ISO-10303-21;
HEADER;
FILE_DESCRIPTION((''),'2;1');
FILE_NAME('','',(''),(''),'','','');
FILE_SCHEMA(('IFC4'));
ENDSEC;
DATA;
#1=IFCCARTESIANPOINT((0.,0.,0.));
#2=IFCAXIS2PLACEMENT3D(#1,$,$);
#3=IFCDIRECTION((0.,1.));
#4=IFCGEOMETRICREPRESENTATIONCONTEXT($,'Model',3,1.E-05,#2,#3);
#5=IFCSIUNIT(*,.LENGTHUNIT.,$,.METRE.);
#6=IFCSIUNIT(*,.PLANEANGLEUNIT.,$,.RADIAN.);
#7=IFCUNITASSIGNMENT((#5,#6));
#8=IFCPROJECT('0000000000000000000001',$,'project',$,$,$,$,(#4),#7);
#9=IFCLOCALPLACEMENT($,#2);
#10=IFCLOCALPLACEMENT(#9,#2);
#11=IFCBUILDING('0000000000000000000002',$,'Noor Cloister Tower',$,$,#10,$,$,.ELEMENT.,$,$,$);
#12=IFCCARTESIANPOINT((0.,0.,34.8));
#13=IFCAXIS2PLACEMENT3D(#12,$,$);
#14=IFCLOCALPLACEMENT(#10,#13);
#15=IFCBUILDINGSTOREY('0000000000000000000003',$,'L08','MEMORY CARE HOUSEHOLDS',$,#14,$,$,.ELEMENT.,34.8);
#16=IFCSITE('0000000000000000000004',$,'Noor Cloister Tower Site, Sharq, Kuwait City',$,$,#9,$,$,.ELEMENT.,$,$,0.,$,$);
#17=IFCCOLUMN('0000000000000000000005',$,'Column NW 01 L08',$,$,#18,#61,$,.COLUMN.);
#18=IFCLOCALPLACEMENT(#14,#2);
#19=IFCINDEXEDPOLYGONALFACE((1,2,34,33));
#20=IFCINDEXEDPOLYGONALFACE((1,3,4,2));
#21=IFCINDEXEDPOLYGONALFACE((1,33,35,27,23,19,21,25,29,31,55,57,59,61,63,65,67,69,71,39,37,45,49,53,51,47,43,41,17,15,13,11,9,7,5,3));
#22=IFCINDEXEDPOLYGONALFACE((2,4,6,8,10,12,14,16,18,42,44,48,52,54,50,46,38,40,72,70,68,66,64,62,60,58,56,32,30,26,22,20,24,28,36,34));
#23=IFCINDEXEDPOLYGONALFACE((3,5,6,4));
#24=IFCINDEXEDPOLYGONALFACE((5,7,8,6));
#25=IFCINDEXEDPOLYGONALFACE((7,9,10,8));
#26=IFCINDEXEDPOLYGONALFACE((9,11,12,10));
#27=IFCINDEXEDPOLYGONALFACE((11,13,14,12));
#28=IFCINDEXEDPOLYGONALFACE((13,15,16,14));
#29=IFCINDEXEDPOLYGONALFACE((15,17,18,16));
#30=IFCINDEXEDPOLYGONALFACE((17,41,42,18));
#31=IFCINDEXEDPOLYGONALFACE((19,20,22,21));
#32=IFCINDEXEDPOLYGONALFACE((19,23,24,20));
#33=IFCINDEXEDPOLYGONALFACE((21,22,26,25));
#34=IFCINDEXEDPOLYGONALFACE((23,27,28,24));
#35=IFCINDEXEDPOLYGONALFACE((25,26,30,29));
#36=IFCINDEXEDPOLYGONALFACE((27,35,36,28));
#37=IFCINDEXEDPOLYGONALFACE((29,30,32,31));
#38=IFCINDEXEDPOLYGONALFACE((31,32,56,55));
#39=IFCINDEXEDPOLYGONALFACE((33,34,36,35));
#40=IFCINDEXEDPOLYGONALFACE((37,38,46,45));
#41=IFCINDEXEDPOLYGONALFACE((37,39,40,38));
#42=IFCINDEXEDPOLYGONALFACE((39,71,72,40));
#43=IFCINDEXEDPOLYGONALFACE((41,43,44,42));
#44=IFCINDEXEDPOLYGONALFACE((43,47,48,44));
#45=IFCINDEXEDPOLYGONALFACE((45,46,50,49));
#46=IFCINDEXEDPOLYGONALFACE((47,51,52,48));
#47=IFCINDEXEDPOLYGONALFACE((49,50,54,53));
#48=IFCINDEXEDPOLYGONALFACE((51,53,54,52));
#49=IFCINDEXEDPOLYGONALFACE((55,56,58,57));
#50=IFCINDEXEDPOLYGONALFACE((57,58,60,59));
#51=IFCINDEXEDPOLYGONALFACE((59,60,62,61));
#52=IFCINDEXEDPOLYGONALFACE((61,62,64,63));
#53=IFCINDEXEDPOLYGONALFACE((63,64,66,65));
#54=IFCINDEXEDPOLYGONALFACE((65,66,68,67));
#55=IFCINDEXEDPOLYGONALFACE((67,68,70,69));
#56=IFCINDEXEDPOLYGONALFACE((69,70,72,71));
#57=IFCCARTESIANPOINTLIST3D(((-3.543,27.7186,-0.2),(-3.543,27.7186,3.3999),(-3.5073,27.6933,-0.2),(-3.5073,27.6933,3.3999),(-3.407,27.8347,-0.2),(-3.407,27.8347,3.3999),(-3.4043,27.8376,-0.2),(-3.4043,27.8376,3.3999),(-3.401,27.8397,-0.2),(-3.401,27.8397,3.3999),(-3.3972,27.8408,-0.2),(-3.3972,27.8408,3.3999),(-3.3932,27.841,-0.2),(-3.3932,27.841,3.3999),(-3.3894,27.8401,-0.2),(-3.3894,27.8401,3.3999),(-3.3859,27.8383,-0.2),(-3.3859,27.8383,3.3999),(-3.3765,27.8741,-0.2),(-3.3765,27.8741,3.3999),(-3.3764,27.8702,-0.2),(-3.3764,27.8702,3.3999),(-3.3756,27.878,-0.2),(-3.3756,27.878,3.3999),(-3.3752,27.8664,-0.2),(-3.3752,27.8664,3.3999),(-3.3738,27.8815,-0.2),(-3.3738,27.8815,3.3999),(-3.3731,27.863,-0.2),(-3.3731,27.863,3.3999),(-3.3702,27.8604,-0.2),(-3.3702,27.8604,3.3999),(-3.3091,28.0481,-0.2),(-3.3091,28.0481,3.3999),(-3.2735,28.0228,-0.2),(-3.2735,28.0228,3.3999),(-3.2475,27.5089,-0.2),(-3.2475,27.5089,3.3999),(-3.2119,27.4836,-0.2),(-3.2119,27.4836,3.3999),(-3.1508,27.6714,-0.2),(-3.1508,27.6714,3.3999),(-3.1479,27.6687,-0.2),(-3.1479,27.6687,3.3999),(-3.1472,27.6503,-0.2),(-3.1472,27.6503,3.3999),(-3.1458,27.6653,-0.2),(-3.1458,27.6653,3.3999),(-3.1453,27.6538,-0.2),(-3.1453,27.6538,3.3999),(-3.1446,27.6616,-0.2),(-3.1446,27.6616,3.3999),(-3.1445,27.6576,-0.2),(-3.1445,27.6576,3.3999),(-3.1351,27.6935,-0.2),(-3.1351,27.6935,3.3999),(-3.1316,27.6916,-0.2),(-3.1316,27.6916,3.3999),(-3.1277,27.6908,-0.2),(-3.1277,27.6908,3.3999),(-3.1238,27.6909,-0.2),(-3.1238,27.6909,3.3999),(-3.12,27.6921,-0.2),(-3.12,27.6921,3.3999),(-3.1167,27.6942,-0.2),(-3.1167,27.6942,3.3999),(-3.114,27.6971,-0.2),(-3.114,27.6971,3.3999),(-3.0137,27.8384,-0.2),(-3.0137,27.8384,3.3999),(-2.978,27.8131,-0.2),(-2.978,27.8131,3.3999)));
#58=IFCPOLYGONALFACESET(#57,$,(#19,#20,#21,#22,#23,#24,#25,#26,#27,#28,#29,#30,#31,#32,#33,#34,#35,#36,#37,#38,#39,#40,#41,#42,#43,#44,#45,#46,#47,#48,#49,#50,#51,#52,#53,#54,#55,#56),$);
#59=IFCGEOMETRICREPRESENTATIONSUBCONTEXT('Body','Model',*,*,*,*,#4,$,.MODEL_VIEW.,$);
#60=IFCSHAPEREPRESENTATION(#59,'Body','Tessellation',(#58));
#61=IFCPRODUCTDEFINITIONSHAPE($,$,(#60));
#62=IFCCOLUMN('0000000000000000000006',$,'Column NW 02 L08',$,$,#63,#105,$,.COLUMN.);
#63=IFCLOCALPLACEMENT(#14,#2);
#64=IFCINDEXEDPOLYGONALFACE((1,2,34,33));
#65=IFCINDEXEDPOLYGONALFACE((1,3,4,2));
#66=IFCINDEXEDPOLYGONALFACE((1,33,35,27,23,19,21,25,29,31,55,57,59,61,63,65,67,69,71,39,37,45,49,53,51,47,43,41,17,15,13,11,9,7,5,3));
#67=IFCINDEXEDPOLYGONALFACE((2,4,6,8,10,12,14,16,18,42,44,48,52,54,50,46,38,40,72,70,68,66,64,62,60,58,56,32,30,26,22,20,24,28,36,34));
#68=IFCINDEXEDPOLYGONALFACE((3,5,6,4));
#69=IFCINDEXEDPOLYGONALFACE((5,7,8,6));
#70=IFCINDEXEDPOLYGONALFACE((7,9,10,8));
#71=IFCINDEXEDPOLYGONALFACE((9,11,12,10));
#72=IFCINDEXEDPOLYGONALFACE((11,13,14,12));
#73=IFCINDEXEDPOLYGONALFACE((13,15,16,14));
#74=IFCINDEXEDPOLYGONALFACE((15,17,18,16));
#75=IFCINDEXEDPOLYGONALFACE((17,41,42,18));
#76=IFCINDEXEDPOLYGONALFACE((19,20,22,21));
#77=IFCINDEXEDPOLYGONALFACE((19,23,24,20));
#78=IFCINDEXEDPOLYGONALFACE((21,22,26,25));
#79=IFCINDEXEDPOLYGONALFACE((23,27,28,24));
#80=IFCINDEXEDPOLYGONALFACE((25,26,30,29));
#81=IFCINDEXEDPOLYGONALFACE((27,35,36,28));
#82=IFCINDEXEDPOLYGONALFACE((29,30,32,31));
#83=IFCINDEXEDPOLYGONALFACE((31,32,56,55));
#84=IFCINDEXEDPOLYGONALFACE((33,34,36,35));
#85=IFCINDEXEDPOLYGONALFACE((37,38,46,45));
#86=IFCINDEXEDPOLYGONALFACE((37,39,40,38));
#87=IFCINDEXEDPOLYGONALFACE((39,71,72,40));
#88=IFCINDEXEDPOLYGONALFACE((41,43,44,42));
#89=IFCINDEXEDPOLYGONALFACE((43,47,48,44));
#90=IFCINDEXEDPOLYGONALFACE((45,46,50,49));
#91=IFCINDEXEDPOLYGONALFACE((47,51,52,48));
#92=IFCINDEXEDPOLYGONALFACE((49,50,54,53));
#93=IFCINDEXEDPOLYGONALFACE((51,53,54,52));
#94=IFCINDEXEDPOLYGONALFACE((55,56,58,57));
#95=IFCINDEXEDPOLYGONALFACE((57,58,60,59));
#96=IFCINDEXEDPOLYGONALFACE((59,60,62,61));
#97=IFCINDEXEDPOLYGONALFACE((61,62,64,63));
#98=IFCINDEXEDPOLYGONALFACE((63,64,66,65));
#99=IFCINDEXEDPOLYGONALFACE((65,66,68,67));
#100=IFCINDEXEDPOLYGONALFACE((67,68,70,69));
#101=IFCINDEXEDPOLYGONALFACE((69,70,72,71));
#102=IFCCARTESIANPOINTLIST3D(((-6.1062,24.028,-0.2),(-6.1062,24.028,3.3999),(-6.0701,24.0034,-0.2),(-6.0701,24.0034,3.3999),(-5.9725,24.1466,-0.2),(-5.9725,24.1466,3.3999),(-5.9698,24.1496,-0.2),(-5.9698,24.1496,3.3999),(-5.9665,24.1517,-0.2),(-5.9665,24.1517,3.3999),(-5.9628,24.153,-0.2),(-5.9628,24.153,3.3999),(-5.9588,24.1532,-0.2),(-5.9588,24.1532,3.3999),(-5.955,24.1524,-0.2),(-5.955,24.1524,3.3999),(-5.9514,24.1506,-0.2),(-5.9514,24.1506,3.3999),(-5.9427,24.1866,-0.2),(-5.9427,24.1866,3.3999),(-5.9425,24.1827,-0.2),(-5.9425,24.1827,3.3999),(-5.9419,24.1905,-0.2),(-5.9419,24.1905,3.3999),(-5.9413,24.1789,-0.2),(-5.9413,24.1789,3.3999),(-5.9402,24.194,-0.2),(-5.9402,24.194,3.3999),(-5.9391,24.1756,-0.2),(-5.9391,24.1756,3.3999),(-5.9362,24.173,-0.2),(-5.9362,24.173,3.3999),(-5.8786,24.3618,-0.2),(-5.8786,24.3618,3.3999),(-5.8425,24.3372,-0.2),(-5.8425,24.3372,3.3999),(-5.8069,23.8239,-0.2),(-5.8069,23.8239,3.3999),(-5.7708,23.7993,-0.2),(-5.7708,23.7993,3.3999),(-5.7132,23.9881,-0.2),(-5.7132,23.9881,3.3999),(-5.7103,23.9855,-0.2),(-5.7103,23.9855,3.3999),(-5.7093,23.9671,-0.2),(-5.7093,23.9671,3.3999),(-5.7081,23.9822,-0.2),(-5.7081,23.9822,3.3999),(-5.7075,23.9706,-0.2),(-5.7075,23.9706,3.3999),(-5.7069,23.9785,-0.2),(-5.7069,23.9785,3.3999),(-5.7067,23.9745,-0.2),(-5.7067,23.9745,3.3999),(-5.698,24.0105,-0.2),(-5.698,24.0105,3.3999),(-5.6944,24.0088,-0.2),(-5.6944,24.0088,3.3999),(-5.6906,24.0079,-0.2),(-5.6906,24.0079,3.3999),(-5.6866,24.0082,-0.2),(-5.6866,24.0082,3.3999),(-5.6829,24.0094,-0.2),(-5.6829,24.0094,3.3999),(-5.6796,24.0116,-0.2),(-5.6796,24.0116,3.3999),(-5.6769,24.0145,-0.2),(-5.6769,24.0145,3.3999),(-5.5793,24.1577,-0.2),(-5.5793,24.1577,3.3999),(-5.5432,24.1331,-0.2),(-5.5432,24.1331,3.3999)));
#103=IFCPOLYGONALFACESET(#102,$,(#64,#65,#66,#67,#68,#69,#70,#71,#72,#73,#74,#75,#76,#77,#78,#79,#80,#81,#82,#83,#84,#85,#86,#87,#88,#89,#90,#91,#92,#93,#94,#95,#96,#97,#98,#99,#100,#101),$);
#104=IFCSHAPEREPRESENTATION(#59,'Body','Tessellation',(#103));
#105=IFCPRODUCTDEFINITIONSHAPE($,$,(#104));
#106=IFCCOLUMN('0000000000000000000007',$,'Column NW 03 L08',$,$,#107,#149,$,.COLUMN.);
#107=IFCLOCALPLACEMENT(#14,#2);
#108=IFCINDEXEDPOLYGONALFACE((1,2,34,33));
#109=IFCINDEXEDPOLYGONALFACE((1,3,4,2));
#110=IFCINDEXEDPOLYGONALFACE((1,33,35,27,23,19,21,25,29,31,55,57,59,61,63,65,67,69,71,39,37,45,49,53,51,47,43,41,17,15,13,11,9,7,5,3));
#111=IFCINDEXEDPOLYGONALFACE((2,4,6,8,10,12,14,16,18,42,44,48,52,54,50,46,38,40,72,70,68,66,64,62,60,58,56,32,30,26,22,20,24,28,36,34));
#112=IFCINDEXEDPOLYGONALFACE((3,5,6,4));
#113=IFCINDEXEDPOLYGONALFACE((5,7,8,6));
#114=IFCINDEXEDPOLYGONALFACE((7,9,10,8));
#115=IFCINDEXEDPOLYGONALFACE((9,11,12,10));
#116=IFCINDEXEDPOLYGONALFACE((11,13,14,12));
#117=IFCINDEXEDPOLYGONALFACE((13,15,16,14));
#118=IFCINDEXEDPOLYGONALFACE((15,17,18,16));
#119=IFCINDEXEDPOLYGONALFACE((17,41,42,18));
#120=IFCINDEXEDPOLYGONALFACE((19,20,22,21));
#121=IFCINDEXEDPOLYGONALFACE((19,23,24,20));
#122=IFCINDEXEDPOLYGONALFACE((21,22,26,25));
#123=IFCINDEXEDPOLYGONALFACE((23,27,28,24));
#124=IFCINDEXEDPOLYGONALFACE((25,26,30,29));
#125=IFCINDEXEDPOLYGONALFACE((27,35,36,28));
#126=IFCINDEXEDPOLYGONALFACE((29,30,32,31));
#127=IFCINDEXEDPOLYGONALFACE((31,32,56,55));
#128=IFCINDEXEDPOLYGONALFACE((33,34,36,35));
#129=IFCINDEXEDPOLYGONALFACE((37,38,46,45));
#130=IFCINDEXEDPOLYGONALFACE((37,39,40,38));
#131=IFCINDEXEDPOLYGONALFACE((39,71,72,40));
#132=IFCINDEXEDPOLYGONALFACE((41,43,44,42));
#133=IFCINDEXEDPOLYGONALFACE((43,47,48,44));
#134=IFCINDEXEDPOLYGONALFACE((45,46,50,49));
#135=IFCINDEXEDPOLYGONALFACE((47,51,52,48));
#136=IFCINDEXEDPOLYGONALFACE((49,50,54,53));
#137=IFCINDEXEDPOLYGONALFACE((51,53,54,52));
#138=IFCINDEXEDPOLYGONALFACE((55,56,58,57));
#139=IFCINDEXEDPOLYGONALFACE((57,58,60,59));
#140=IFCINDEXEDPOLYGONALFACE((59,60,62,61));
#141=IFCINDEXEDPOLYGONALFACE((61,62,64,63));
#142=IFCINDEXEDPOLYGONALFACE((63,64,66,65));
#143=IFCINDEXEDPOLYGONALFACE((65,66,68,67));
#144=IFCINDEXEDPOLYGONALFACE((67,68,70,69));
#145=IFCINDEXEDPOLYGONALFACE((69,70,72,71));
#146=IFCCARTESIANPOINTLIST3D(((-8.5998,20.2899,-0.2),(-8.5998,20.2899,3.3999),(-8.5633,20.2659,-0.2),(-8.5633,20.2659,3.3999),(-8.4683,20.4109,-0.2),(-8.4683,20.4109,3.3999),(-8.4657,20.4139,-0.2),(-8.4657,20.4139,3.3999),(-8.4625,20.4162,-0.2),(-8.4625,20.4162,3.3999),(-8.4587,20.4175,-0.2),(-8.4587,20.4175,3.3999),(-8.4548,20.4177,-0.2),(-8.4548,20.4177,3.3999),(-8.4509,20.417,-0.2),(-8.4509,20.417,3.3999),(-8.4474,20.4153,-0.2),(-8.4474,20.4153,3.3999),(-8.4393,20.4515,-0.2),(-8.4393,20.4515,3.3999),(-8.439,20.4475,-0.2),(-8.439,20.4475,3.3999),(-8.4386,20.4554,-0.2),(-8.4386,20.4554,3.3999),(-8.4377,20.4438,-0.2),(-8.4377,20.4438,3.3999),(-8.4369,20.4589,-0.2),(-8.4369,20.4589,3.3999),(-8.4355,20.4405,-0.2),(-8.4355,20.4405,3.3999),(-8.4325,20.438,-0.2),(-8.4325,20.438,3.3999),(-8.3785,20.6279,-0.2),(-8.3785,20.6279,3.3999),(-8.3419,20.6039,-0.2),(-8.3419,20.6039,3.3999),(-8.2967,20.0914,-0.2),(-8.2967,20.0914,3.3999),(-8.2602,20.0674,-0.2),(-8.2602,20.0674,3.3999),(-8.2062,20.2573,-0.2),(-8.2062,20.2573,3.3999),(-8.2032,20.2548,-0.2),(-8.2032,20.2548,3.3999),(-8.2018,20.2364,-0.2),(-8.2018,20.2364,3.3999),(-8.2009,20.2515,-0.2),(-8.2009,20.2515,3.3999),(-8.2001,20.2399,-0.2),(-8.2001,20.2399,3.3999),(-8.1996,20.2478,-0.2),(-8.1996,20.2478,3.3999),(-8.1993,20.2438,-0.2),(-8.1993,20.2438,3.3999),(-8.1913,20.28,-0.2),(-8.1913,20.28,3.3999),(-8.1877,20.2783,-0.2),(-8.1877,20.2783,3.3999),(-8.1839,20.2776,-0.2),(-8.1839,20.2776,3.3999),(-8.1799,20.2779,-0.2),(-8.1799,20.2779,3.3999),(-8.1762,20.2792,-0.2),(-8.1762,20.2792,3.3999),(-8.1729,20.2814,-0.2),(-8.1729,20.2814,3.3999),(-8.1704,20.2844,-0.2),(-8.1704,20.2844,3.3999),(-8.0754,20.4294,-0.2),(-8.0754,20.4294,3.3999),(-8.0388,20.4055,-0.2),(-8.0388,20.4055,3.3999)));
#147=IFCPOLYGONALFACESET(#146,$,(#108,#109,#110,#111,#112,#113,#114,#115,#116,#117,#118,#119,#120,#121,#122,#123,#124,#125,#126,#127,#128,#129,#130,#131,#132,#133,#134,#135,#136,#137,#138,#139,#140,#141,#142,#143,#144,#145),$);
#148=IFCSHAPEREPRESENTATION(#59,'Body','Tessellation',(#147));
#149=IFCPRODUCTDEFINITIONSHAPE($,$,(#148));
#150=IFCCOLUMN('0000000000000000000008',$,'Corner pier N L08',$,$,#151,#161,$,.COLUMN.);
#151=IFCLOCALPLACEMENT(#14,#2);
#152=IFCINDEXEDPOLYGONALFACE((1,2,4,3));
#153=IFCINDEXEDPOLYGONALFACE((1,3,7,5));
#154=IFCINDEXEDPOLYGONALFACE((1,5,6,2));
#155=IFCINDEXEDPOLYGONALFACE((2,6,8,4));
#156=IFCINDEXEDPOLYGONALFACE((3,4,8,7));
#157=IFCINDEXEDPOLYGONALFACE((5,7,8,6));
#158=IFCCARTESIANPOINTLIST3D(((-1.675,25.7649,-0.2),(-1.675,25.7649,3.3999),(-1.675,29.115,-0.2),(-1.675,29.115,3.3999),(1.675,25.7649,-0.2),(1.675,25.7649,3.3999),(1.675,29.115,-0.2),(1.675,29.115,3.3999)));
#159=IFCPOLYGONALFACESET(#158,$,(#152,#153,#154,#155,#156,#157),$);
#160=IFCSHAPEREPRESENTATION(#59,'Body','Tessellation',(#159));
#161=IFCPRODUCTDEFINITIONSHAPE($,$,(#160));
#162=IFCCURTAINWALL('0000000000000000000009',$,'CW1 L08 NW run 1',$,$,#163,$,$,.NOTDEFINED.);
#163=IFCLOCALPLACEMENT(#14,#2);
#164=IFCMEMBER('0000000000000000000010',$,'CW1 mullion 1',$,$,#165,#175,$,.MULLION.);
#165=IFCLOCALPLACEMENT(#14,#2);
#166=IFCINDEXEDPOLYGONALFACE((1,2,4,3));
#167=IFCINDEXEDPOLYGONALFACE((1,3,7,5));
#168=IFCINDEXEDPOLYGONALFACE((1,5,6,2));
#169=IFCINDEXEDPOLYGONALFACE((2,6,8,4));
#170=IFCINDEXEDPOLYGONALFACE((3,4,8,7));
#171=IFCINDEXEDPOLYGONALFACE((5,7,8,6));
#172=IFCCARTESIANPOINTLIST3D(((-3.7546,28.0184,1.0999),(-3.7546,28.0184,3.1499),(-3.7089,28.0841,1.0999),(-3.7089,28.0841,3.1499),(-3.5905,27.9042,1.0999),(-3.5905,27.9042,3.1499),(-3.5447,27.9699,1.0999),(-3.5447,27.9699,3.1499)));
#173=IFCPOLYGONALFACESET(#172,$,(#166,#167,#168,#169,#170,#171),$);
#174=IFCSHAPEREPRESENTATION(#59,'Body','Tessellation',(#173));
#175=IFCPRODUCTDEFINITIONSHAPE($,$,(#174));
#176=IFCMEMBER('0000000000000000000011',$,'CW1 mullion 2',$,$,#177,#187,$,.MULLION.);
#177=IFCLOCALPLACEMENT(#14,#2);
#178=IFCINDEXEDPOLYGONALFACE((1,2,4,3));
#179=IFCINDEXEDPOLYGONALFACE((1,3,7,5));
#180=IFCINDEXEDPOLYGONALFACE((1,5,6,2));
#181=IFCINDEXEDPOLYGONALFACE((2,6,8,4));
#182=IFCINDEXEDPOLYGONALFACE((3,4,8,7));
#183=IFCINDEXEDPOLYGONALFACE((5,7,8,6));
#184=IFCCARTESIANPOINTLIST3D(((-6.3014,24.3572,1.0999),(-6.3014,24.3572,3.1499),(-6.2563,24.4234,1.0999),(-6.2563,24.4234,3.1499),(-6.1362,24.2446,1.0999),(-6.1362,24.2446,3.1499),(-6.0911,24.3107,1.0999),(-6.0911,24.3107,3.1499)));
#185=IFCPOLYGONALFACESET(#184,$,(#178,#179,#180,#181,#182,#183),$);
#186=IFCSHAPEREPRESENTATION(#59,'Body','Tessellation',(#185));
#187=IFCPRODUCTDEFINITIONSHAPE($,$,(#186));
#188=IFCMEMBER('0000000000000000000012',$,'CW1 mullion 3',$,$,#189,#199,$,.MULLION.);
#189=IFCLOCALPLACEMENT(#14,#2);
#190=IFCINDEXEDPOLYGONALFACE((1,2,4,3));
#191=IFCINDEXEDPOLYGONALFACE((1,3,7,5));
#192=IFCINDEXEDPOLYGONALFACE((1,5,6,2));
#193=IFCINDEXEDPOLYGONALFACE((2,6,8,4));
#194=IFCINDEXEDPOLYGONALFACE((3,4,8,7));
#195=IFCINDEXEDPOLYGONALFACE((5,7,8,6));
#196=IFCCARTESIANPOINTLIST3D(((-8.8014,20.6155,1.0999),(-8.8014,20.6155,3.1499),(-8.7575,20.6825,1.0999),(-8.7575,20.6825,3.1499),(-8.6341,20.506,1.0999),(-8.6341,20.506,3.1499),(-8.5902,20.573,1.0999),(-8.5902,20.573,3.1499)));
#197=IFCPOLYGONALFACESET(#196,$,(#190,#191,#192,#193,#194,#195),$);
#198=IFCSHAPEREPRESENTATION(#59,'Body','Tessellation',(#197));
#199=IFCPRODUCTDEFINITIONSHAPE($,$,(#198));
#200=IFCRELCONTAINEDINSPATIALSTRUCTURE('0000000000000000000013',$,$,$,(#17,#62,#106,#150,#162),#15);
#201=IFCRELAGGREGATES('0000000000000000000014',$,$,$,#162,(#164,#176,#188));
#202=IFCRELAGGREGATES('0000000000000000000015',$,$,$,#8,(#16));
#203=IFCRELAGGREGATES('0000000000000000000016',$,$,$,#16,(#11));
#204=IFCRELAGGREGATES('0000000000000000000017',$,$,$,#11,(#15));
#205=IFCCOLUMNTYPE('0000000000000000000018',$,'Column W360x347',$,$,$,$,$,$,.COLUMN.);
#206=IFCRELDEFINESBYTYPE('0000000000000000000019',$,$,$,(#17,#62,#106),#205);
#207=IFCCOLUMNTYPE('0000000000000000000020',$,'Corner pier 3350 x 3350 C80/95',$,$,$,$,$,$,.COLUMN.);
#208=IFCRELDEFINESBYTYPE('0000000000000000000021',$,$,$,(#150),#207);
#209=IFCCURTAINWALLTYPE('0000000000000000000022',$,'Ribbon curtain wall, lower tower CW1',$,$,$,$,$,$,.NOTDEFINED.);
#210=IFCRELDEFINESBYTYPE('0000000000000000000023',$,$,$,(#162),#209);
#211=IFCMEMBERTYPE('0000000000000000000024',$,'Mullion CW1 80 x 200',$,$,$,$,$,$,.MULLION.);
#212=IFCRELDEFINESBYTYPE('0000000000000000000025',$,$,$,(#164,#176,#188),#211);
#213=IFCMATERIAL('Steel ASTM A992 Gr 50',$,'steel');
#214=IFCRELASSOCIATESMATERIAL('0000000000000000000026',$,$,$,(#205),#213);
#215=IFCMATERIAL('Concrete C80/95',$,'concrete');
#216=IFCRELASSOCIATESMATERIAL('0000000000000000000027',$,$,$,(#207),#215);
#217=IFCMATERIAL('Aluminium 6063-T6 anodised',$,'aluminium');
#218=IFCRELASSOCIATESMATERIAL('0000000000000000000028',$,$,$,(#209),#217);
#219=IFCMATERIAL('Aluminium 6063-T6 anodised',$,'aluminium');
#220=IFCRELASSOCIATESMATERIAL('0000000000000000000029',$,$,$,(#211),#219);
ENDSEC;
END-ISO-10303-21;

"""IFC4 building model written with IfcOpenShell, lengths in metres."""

from ifc_helpers import new_model, si_unit, direction, frame, origin, origin_2d, place, context, subcontext, project, spatial, rectangle, i_section, extrude, material, material_profile, profile_set, type_object, element, aggregate, save


model = new_model("IFC4")

# Units and contexts
model_context = context("Model", 3, precision=1e-05, world=origin(), true_north=direction((0.0, 1.0)))
body_context = subcontext(model_context, "Body", "Model", "MODEL_VIEW")
ifc_project = project(units=[si_unit("LENGTHUNIT", "METRE"), si_unit("PLANEANGLEUNIT", "RADIAN")], contexts=[model_context])

# Site, building, storey
site_placement = place(None, origin())
site = spatial("IfcSite", under=ifc_project, at=site_placement, Name="Noor Cloister Tower Site, Sharq, Kuwait City", CompositionType="ELEMENT", RefElevation=0.0)
building_placement = place(site_placement, origin())
building = spatial("IfcBuilding", under=site, at=building_placement, Name="Noor Cloister Tower", CompositionType="ELEMENT")
storey_placement = place(building_placement, frame((0.0, 0.0, 34.8)))
storey = spatial("IfcBuildingStorey", under=building, at=storey_placement, Name="L08", Description="MEMORY CARE HOUSEHOLDS", CompositionType="ELEMENT", Elevation=34.8)

# Columns
ifc_material_1 = material(Name="Steel ASTM A992 Gr 50", Category="steel")
ifc_material_profile_1 = material_profile(ifc_material_1, i_section(OverallWidth=0.4041, OverallDepth=0.406, WebThickness=0.0271, FlangeThickness=0.0437, FilletRadius=0.0151, at=origin_2d()), Name="W360x347")
ifc_profile_set_1 = profile_set([ifc_material_profile_1], Name="Steel ASTM A992 Gr 50")
column_type_1 = type_object("IfcColumnType", Name="Column W360x347", PredefinedType="COLUMN", material=ifc_profile_set_1)
for number, where, z_axis, x_axis, name in (
    (1, (-3.2605, 27.7659, -0.2), (0.0, 0.0, 1.0), (-0.578783, -0.815481, 0.0), "Column NW 01 L08"),
    (2, (-5.8247, 24.0806, -0.2), (0.0, 0.0, 1.0), (-0.563411, -0.826177, 0.0), "Column NW 02 L08"),
    (3, (-8.3193, 20.3477, -0.2), (0.0, 0.0, 1.0), (-0.547841, -0.836583, 0.0), "Column NW 03 L08"),
):
    element("IfcColumn", number, at=place(storey_placement, frame(where, z_axis=z_axis, x_axis=x_axis)), inside=storey, type_object=column_type_1, Name=name, PredefinedType="COLUMN", context=body_context, shape_type="SweptSolid", body=[
        extrude(i_section(OverallWidth=0.4041, OverallDepth=0.406, WebThickness=0.0271, FlangeThickness=0.0437, FilletRadius=0.0151, at=origin_2d()), origin(), (0.0, 0.0, 1.0), 3.5999),
    ])
ifc_material_2 = material(Name="Concrete C80/95", Category="concrete")
ifc_material_profile_2 = material_profile(ifc_material_2, rectangle(XDim=3.3501, YDim=3.3501, at=origin_2d()), Name="RC 3350x3350")
ifc_profile_set_2 = profile_set([ifc_material_profile_2], Name="Concrete C80/95")
column_type_2 = type_object("IfcColumnType", Name="Corner pier 3350 x 3350 C80/95", PredefinedType="COLUMN", material=ifc_profile_set_2)
column_placement = place(storey_placement, frame((0.0, 27.4399, -0.2), z_axis=(0.0, 0.0, 1.0), x_axis=(0.0, 1.0, 0.0)))
element("IfcColumn", 4, at=column_placement, inside=storey, type_object=column_type_2, Name="Corner pier N L08", PredefinedType="COLUMN", context=body_context, shape_type="SweptSolid", body=[
    extrude(rectangle(XDim=3.3501, YDim=3.3501, at=origin_2d()), origin(), (0.0, 0.0, 1.0), 3.5999),
])

# Curtain wall, members
ifc_material_3 = material(Name="Aluminium 6063-T6 anodised", Category="aluminium")
curtain_wall_type = type_object("IfcCurtainWallType", Name="Ribbon curtain wall, lower tower CW1", PredefinedType="NOTDEFINED", material=ifc_material_3)
curtain_wall_placement = place(storey_placement, origin())
curtain_wall = element("IfcCurtainWall", 5, at=curtain_wall_placement, inside=storey, type_object=curtain_wall_type, Name="CW1 L08 NW run 1", PredefinedType="NOTDEFINED")
ifc_material_4 = material(Name="Aluminium 6063-T6 anodised", Category="aluminium")
ifc_material_profile_3 = material_profile(ifc_material_4, rectangle(XDim=0.2, YDim=0.0801, at=origin_2d()), Name="200 x 80 mullion")
ifc_profile_set_3 = profile_set([ifc_material_profile_3], Name="Aluminium 6063-T6 anodised")
member_type = type_object("IfcMemberType", Name="Mullion CW1 80 x 200", PredefinedType="MULLION", material=ifc_profile_set_3)
member_1_placement = place(storey_placement, frame((-3.6497, 27.9941, 1.0999), z_axis=(0.0, 0.0, 1.0), x_axis=(0.820865, -0.571122, 0.0)))
member_1 = element("IfcMember", 6, at=member_1_placement, type_object=member_type, Name="CW1 mullion 1", PredefinedType="MULLION", context=body_context, shape_type="SweptSolid", body=[
    extrude(rectangle(XDim=0.2, YDim=0.0801, at=origin_2d()), origin(), (0.0, 0.0, 1.0), 2.05),
])
member_2_placement = place(storey_placement, frame((-6.1963, 24.334, 1.0999), z_axis=(0.0, 0.0, 1.0), x_axis=(0.826177, -0.563411, 0.0)))
member_2 = element("IfcMember", 7, at=member_2_placement, type_object=member_type, Name="CW1 mullion 2", PredefinedType="MULLION", context=body_context, shape_type="SweptSolid", body=[
    extrude(rectangle(XDim=0.2, YDim=0.0801, at=origin_2d()), origin(), (0.0, 0.0, 1.0), 2.05),
])
member_3_placement = place(storey_placement, frame((-8.6958, 20.5942, 1.0999), z_axis=(0.0, 0.0, 1.0), x_axis=(0.836583, -0.547841, 0.0)))
member_3 = element("IfcMember", 8, at=member_3_placement, type_object=member_type, Name="CW1 mullion 3", PredefinedType="MULLION", context=body_context, shape_type="SweptSolid", body=[
    extrude(rectangle(XDim=0.2, YDim=0.0801, at=origin_2d()), origin(), (0.0, 0.0, 1.0), 2.05),
])

aggregate(curtain_wall, [member_1, member_2, member_3])

save(model, "model.ifc")
